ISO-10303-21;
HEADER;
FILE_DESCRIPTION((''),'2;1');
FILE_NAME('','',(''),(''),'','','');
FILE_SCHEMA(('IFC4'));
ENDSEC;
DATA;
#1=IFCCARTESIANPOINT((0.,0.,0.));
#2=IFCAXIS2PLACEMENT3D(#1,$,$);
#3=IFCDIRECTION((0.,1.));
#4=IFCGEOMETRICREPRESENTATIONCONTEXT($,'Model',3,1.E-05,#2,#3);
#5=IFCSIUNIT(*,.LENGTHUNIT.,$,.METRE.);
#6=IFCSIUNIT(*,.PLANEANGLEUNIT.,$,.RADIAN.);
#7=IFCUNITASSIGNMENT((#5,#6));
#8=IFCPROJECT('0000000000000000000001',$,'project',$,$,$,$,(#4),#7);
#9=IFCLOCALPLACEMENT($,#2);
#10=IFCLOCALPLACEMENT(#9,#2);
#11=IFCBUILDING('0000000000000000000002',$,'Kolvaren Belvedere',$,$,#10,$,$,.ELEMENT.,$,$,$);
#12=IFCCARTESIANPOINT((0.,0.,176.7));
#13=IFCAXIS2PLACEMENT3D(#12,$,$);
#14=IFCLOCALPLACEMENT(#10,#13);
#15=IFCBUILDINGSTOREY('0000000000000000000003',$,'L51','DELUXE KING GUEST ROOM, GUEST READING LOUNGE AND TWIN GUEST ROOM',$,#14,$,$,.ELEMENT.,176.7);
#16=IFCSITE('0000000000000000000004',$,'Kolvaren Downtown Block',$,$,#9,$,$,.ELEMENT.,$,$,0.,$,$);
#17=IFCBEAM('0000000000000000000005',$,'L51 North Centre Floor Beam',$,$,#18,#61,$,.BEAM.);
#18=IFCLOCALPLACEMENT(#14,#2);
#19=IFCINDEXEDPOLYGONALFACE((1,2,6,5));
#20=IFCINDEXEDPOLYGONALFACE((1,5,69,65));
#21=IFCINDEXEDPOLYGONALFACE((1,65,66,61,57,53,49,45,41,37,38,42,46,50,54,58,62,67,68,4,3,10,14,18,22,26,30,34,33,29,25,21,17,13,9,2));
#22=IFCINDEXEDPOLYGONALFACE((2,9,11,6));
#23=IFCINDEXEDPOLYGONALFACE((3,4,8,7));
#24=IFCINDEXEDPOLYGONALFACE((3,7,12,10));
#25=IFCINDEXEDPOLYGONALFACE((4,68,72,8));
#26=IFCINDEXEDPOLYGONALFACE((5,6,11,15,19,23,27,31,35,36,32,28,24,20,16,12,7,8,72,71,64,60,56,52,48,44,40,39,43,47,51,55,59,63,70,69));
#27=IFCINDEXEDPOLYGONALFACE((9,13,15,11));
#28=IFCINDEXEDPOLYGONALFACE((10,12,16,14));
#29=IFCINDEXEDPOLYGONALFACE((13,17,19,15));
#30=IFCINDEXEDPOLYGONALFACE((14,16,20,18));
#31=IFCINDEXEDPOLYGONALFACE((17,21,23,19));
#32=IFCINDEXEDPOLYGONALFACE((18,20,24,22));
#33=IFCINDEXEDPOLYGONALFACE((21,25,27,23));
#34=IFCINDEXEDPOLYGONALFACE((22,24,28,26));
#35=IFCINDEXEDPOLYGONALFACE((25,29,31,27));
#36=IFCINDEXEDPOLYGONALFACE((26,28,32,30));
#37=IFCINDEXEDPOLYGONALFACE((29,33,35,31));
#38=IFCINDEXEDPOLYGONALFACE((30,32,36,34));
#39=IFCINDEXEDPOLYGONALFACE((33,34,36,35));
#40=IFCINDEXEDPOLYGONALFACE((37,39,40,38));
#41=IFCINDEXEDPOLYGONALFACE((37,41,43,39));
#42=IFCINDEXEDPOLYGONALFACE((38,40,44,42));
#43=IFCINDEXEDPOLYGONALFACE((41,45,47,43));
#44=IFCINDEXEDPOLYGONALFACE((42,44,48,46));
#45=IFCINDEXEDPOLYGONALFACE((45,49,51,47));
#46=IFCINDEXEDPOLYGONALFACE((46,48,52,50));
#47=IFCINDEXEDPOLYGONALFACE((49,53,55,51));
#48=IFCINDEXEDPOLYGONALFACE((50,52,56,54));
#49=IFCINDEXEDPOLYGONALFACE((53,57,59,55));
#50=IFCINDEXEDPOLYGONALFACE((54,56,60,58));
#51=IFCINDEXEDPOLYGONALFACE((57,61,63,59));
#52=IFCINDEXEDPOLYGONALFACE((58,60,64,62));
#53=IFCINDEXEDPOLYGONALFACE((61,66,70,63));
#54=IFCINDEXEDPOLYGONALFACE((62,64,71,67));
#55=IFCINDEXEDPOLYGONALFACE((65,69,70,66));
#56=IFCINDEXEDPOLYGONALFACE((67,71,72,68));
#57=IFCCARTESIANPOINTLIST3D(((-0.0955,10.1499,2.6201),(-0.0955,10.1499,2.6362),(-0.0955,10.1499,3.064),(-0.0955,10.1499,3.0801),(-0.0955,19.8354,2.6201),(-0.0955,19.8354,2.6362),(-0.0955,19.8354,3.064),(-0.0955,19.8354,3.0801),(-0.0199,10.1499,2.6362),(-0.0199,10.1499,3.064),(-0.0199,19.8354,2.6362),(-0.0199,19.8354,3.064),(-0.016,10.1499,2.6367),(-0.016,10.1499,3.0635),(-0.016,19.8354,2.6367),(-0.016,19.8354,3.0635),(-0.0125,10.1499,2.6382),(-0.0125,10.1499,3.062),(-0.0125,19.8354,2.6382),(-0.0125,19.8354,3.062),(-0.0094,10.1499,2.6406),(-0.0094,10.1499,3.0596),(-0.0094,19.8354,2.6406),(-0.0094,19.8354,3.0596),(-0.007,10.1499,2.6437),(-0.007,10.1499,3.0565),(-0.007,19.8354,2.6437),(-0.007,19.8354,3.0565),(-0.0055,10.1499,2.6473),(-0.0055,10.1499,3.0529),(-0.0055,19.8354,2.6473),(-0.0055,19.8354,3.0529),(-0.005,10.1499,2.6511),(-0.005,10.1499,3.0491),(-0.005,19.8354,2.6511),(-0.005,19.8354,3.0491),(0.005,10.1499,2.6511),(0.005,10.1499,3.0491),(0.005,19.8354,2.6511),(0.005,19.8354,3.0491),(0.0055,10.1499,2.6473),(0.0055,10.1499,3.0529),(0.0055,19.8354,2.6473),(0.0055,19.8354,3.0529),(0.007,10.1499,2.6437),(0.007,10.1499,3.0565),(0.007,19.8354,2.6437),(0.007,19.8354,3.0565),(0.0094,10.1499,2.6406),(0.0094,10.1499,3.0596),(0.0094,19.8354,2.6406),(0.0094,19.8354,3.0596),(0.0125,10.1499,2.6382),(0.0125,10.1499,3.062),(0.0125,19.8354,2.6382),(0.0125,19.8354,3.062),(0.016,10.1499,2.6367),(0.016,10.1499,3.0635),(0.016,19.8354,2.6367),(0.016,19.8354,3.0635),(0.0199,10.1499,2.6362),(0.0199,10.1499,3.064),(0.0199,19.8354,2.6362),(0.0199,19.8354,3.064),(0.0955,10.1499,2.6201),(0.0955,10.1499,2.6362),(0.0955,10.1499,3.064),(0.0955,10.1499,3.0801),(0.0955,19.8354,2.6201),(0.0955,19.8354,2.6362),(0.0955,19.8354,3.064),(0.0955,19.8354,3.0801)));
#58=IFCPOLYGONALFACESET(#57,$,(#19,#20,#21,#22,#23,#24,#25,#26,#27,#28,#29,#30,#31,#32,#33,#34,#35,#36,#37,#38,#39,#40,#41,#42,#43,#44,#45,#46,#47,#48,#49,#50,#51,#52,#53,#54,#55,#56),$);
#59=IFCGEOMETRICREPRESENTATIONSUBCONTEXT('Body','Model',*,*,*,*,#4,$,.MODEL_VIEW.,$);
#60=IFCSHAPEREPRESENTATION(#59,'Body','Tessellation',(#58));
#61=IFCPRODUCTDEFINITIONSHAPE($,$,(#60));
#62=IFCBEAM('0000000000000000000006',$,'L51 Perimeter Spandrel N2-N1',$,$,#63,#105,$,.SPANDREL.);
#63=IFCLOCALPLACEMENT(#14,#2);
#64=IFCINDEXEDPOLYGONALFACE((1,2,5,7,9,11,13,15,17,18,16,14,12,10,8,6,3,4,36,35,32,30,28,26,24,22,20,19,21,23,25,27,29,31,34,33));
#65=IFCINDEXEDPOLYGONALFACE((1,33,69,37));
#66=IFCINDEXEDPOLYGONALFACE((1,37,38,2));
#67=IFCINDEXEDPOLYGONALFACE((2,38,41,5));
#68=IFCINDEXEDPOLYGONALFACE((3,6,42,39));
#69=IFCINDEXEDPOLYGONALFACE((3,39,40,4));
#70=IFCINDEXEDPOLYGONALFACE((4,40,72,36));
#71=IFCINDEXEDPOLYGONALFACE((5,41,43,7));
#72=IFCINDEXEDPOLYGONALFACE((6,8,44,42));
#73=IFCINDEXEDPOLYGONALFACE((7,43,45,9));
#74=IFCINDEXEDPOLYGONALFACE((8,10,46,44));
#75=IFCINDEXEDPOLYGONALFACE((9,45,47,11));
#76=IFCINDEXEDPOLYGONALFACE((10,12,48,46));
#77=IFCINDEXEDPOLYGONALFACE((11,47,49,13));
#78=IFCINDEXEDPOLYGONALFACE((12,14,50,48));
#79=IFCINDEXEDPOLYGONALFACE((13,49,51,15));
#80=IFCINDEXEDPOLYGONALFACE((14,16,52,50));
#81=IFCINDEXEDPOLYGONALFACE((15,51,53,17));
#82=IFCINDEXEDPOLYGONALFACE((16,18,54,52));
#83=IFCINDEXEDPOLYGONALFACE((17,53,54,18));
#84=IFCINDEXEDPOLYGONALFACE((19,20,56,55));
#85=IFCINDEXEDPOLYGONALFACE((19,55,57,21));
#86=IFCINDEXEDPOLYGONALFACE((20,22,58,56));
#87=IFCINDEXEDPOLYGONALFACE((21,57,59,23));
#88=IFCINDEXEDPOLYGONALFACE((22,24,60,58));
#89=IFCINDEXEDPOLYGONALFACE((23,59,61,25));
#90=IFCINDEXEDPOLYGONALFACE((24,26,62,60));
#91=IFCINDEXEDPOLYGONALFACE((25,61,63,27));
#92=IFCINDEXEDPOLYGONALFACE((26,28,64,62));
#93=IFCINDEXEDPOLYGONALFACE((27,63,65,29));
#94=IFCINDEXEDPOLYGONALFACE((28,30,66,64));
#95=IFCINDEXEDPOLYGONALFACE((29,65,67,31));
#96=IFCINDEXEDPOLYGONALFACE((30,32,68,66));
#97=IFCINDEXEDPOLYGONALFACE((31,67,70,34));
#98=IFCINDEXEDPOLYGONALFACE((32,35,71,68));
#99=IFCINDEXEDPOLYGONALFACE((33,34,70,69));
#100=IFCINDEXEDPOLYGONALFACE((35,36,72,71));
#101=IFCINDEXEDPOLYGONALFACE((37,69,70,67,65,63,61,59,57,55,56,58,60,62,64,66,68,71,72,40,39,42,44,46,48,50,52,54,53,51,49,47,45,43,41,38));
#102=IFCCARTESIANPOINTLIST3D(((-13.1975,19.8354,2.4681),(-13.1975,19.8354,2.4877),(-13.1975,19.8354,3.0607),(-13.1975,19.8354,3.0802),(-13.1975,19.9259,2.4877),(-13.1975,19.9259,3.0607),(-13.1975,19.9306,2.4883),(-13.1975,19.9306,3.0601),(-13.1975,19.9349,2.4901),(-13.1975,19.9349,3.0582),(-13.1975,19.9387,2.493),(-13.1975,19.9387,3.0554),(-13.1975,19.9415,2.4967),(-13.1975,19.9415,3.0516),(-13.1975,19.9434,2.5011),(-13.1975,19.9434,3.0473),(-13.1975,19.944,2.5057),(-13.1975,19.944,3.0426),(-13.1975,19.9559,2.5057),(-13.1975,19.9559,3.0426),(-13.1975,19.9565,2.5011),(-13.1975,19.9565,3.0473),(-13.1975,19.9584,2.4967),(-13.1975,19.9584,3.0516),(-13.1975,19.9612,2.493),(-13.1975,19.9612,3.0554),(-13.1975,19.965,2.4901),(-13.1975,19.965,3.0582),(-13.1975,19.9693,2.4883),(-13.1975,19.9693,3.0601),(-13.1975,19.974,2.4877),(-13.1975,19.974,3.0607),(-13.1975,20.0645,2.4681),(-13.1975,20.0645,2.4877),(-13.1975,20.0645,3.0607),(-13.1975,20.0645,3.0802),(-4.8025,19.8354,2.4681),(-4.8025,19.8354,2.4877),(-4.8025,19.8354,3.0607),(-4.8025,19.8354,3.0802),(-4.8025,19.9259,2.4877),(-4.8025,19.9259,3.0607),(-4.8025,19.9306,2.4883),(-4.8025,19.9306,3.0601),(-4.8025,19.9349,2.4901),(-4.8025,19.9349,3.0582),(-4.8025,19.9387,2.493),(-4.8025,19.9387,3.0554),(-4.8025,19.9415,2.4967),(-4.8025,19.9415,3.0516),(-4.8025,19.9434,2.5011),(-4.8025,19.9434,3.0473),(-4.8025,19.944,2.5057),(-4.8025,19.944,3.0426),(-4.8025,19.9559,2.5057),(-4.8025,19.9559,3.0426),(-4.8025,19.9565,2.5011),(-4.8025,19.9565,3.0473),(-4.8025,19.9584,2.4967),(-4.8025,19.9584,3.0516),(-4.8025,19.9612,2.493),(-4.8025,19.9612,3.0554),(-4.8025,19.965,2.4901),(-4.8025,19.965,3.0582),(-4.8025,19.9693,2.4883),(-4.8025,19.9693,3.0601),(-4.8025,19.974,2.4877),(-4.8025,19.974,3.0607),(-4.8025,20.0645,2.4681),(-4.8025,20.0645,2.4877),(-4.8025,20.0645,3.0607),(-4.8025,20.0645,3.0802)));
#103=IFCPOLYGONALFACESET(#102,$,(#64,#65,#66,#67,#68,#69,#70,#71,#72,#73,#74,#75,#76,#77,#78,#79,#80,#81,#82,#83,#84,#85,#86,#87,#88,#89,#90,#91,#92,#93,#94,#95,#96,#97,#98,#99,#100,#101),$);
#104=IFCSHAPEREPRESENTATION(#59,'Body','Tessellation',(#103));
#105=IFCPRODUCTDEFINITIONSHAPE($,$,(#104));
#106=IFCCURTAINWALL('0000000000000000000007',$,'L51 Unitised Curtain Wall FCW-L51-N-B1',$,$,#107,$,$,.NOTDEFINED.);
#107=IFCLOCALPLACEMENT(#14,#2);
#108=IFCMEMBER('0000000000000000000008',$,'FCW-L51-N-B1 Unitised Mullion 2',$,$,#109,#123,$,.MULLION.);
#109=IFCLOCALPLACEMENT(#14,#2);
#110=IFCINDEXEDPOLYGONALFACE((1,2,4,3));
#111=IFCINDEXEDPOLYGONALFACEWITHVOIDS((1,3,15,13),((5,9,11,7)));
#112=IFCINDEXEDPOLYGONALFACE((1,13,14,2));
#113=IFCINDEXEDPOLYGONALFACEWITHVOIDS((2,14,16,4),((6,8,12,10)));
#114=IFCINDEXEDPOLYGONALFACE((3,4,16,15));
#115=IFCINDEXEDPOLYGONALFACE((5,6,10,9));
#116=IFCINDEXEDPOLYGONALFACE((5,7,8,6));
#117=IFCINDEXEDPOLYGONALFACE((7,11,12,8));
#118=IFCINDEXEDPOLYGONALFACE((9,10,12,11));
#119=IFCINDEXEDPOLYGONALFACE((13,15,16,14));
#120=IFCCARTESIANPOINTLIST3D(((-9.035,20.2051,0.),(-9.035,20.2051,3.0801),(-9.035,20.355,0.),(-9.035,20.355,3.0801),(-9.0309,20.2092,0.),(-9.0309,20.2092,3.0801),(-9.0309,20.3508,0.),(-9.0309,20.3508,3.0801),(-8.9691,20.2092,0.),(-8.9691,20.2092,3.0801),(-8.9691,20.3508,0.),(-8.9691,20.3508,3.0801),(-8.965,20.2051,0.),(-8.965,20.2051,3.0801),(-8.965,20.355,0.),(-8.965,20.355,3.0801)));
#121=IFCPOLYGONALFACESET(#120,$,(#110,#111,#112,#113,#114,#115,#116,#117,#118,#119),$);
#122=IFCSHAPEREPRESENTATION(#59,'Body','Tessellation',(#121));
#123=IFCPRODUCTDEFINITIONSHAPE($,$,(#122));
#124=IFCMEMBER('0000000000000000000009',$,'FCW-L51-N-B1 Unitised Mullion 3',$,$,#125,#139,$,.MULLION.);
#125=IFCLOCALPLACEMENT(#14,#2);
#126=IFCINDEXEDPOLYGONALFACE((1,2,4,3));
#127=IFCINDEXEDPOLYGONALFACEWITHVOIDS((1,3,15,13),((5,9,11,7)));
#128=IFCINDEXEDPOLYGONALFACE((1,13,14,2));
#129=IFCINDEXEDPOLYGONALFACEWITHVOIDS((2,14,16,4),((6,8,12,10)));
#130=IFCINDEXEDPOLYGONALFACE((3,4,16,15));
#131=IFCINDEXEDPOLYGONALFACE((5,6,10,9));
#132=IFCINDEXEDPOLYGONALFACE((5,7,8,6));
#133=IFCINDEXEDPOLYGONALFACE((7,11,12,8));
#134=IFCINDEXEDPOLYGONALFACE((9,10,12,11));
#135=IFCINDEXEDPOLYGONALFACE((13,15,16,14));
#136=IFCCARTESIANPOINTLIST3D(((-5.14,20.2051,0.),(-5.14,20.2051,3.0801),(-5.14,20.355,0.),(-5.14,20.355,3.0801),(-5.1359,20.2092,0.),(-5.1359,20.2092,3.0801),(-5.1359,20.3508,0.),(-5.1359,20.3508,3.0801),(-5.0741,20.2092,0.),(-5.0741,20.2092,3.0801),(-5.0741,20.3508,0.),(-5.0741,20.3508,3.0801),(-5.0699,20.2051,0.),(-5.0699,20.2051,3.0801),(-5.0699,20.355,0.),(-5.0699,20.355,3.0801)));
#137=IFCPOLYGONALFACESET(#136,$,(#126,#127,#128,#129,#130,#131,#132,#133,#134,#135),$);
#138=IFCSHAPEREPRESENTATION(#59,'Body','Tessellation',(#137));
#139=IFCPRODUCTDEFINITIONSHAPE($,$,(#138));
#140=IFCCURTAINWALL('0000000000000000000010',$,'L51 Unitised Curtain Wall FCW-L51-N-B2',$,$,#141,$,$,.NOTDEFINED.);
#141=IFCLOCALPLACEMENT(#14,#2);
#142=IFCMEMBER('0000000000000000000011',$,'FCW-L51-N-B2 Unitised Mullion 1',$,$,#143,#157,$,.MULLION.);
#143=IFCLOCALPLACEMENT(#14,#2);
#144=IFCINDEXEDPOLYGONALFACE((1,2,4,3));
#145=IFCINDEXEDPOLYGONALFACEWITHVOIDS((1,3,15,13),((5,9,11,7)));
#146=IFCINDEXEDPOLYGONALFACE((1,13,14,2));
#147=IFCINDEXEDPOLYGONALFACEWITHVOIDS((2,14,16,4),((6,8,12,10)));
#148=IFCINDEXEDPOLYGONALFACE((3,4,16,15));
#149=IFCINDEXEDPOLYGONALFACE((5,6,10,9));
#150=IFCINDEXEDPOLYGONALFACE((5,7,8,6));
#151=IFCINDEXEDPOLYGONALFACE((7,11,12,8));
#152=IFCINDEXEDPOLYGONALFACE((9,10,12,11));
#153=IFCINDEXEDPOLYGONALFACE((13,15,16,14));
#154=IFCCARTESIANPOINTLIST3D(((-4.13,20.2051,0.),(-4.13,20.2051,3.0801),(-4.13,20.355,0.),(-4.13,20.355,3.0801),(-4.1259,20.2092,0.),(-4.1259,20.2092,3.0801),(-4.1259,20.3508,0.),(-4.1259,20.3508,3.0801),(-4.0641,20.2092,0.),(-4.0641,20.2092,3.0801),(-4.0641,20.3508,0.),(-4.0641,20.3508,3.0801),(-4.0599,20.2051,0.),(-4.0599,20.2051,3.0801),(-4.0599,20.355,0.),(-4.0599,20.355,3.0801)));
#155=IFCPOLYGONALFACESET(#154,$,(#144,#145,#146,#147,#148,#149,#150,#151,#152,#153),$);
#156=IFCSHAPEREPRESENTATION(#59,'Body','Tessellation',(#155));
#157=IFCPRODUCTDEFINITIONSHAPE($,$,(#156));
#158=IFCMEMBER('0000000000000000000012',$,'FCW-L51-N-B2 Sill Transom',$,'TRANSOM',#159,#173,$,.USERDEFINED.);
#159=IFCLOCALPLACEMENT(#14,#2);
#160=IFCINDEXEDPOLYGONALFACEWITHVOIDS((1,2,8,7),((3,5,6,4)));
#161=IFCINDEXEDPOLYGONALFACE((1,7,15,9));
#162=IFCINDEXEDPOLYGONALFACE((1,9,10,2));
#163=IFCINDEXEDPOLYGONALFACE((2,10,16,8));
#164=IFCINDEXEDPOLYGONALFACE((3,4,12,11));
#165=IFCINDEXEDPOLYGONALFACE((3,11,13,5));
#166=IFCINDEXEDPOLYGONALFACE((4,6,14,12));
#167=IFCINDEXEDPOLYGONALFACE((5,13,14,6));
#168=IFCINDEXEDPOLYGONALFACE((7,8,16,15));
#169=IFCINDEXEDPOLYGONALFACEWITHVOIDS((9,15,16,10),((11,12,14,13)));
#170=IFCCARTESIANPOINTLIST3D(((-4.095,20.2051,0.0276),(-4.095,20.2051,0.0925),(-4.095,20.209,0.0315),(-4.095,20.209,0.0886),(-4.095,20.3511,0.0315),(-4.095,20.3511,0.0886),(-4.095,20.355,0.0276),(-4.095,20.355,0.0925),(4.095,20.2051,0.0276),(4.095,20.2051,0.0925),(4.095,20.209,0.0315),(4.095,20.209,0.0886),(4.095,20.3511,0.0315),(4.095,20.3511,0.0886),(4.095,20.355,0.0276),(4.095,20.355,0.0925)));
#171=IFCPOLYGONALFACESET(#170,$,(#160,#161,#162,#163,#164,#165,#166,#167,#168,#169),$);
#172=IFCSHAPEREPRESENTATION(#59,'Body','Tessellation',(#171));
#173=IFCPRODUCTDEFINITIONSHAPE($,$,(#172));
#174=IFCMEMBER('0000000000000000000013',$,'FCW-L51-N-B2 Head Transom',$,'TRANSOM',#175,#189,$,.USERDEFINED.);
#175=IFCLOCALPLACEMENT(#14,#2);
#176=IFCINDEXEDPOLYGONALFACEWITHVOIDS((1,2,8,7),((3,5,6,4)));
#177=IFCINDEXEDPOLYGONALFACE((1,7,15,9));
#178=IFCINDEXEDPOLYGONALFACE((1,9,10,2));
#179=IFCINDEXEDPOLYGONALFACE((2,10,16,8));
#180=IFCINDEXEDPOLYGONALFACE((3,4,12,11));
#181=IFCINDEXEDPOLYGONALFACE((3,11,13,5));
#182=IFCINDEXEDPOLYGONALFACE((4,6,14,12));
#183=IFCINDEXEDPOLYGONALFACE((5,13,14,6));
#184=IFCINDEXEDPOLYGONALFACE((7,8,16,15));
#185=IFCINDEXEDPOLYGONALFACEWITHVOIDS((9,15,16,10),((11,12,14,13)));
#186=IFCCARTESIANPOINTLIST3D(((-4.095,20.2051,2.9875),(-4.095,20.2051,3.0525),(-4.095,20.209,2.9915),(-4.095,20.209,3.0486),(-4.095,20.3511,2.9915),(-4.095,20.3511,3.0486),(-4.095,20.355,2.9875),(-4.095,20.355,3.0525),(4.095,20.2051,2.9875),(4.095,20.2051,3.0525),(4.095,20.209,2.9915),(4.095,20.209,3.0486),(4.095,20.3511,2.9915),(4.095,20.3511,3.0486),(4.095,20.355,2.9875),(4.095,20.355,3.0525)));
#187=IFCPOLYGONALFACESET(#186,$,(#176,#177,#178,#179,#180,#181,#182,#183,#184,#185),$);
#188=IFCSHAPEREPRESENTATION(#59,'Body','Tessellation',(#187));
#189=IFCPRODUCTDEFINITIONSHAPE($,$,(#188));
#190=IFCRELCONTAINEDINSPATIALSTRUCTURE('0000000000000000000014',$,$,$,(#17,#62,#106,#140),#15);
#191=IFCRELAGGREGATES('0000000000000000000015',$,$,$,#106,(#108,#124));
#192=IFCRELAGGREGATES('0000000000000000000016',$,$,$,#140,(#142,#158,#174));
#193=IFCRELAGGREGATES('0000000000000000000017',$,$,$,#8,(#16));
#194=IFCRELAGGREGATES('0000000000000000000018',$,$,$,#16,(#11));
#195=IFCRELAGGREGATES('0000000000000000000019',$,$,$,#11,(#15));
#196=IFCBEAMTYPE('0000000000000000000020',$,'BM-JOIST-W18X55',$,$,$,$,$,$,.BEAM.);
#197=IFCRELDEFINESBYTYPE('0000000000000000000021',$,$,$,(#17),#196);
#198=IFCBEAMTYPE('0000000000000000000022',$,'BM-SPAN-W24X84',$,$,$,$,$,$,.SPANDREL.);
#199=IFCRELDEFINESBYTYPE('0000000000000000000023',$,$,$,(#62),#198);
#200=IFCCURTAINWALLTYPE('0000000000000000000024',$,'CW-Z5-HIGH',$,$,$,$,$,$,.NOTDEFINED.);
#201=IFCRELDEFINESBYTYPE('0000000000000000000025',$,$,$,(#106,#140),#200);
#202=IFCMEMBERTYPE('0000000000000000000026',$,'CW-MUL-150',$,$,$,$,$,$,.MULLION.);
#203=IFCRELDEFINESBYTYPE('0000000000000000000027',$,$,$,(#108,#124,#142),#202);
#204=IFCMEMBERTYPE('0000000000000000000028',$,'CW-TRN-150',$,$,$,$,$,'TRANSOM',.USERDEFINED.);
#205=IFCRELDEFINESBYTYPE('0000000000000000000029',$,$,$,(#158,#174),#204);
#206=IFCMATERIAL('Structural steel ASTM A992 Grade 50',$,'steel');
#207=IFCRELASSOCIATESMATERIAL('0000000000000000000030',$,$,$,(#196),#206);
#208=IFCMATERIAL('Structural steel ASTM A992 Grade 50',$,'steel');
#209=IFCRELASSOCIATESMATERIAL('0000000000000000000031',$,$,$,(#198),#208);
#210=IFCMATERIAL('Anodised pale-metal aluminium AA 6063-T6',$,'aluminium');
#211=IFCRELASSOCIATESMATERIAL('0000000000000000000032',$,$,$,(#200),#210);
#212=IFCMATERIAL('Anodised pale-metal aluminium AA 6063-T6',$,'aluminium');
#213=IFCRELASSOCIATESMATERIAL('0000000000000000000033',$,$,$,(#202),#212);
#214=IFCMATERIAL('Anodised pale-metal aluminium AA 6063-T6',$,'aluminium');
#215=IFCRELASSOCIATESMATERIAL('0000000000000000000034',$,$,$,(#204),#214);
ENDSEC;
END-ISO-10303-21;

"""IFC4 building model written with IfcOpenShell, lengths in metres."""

from ifc_helpers import new_model, si_unit, direction, frame, origin, origin_2d, place, context, subcontext, project, spatial, hollow_rectangle, i_section, extrude, material, material_profile, profile_set, type_object, element, aggregate, save


model = new_model("IFC4")

# Units and contexts
model_context = context("Model", 3, precision=1e-05, world=origin(), true_north=direction((0.0, 1.0)))
body_context = subcontext(model_context, "Body", "Model", "MODEL_VIEW")
ifc_project = project(units=[si_unit("LENGTHUNIT", "METRE"), si_unit("PLANEANGLEUNIT", "RADIAN")], contexts=[model_context])

# Site, building, storey
site_placement = place(None, origin())
site = spatial("IfcSite", under=ifc_project, at=site_placement, Name="Kolvaren Downtown Block", CompositionType="ELEMENT", RefElevation=0.0)
building_placement = place(site_placement, origin())
building = spatial("IfcBuilding", under=site, at=building_placement, Name="Kolvaren Belvedere", CompositionType="ELEMENT")
storey_placement = place(building_placement, frame((0.0, 0.0, 176.7)))
storey = spatial("IfcBuildingStorey", under=building, at=storey_placement, Name="L51", Description="DELUXE KING GUEST ROOM, GUEST READING LOUNGE AND TWIN GUEST ROOM", CompositionType="ELEMENT", Elevation=176.7)

# Beams
ifc_material_1 = material(Name="Structural steel ASTM A992 Grade 50", Category="steel")
ifc_material_profile_1 = material_profile(ifc_material_1, i_section(OverallWidth=0.1909, OverallDepth=0.46, WebThickness=0.01, FlangeThickness=0.0161, FilletRadius=0.0149, at=origin_2d()), Name="W18X55")
ifc_profile_set_1 = profile_set([ifc_material_profile_1], Name="Structural steel ASTM A992 Grade 50")
beam_type_1 = type_object("IfcBeamType", Name="BM-JOIST-W18X55", PredefinedType="BEAM", material=ifc_profile_set_1)
beam_1_placement = place(storey_placement, frame((0.0, 10.1499, 2.8501), z_axis=(0.0, 1.0, 0.0), x_axis=(-1.0, 0.0, 0.0)))
element("IfcBeam", 1, at=beam_1_placement, inside=storey, type_object=beam_type_1, Name="L51 North Centre Floor Beam", PredefinedType="BEAM", context=body_context, shape_type="SweptSolid", body=[
    extrude(i_section(OverallWidth=0.1909, OverallDepth=0.46, WebThickness=0.01, FlangeThickness=0.0161, FilletRadius=0.0149, at=origin_2d()), origin(), (0.0, 0.0, 1.0), 9.6855),
])
ifc_material_2 = material(Name="Structural steel ASTM A992 Grade 50", Category="steel")
ifc_material_profile_2 = material_profile(ifc_material_2, i_section(OverallWidth=0.229, OverallDepth=0.6121, WebThickness=0.012, FlangeThickness=0.0195, FilletRadius=0.0181, at=origin_2d()), Name="W24X84")
ifc_profile_set_2 = profile_set([ifc_material_profile_2], Name="Structural steel ASTM A992 Grade 50")
beam_type_2 = type_object("IfcBeamType", Name="BM-SPAN-W24X84", PredefinedType="SPANDREL", material=ifc_profile_set_2)
beam_2_placement = place(storey_placement, frame((-4.8025, 19.95, 2.7742), z_axis=(-1.0, 0.0, 0.0), x_axis=(0.0, -1.0, 0.0)))
element("IfcBeam", 2, at=beam_2_placement, inside=storey, type_object=beam_type_2, Name="L51 Perimeter Spandrel N2-N1", PredefinedType="SPANDREL", context=body_context, shape_type="SweptSolid", body=[
    extrude(i_section(OverallWidth=0.229, OverallDepth=0.6121, WebThickness=0.012, FlangeThickness=0.0195, FilletRadius=0.0181, at=origin_2d()), origin(), (0.0, 0.0, 1.0), 8.395),
])

# Curtain walls, members
ifc_material_3 = material(Name="Anodised pale-metal aluminium AA 6063-T6", Category="aluminium")
curtain_wall_type = type_object("IfcCurtainWallType", Name="CW-Z5-HIGH", PredefinedType="NOTDEFINED", material=ifc_material_3)
curtain_wall_1_placement = place(storey_placement, origin())
curtain_wall_1 = element("IfcCurtainWall", 3, at=curtain_wall_1_placement, inside=storey, type_object=curtain_wall_type, Name="L51 Unitised Curtain Wall FCW-L51-N-B1", PredefinedType="NOTDEFINED")
ifc_material_4 = material(Name="Anodised pale-metal aluminium AA 6063-T6", Category="aluminium")
ifc_material_profile_3 = material_profile(ifc_material_4, hollow_rectangle(XDim=0.0701, YDim=0.1499, WallThickness=0.0042, at=origin_2d()), Name="ALU-MUL-150X70")
ifc_profile_set_3 = profile_set([ifc_material_profile_3], Name="Anodised pale-metal aluminium AA 6063-T6")
member_type_1 = type_object("IfcMemberType", Name="CW-MUL-150", PredefinedType="MULLION", material=ifc_profile_set_3)
member_1_placement = place(storey_placement, frame((-9.0, 20.28, 0.0), z_axis=(0.0, 0.0, 1.0), x_axis=(1.0, 0.0, 0.0)))
member_1 = element("IfcMember", 4, at=member_1_placement, type_object=member_type_1, Name="FCW-L51-N-B1 Unitised Mullion 2", PredefinedType="MULLION", context=body_context, shape_type="SweptSolid", body=[
    extrude(hollow_rectangle(XDim=0.0701, YDim=0.1499, WallThickness=0.0042, at=origin_2d()), origin(), (0.0, 0.0, 1.0), 3.0801),
])
member_2_placement = place(storey_placement, frame((-5.105, 20.28, 0.0), z_axis=(0.0, 0.0, 1.0), x_axis=(1.0, 0.0, 0.0)))
member_2 = element("IfcMember", 5, at=member_2_placement, type_object=member_type_1, Name="FCW-L51-N-B1 Unitised Mullion 3", PredefinedType="MULLION", context=body_context, shape_type="SweptSolid", body=[
    extrude(hollow_rectangle(XDim=0.0701, YDim=0.1499, WallThickness=0.0042, at=origin_2d()), origin(), (0.0, 0.0, 1.0), 3.0801),
])
curtain_wall_2_placement = place(storey_placement, origin())
curtain_wall_2 = element("IfcCurtainWall", 6, at=curtain_wall_2_placement, inside=storey, type_object=curtain_wall_type, Name="L51 Unitised Curtain Wall FCW-L51-N-B2", PredefinedType="NOTDEFINED")
member_3_placement = place(storey_placement, frame((-4.095, 20.28, 0.0), z_axis=(0.0, 0.0, 1.0), x_axis=(1.0, 0.0, 0.0)))
member_3 = element("IfcMember", 7, at=member_3_placement, type_object=member_type_1, Name="FCW-L51-N-B2 Unitised Mullion 1", PredefinedType="MULLION", context=body_context, shape_type="SweptSolid", body=[
    extrude(hollow_rectangle(XDim=0.0701, YDim=0.1499, WallThickness=0.0042, at=origin_2d()), origin(), (0.0, 0.0, 1.0), 3.0801),
])
ifc_material_5 = material(Name="Anodised pale-metal aluminium AA 6063-T6", Category="aluminium")
ifc_material_profile_4 = material_profile(ifc_material_5, hollow_rectangle(XDim=0.0649, YDim=0.1499, WallThickness=0.0039, at=origin_2d()), Name="ALU-TRN-150X65")
ifc_profile_set_4 = profile_set([ifc_material_profile_4], Name="Anodised pale-metal aluminium AA 6063-T6")
member_type_2 = type_object("IfcMemberType", Name="CW-TRN-150", ElementType="TRANSOM", PredefinedType="USERDEFINED", material=ifc_profile_set_4)
member_4_placement = place(storey_placement, frame((-4.095, 20.28, 0.0601), z_axis=(1.0, 0.0, 0.0), x_axis=(0.0, 0.0, 1.0)))
member_4 = element("IfcMember", 8, at=member_4_placement, type_object=member_type_2, Name="FCW-L51-N-B2 Sill Transom", ObjectType="TRANSOM", PredefinedType="USERDEFINED", context=body_context, shape_type="SweptSolid", body=[
    extrude(hollow_rectangle(XDim=0.0649, YDim=0.1499, WallThickness=0.0039, at=origin_2d()), origin(), (0.0, 0.0, 1.0), 8.1899),
])
member_5_placement = place(storey_placement, frame((-4.095, 20.28, 3.02), z_axis=(1.0, 0.0, 0.0), x_axis=(0.0, 0.0, 1.0)))
member_5 = element("IfcMember", 9, at=member_5_placement, type_object=member_type_2, Name="FCW-L51-N-B2 Head Transom", ObjectType="TRANSOM", PredefinedType="USERDEFINED", context=body_context, shape_type="SweptSolid", body=[
    extrude(hollow_rectangle(XDim=0.0649, YDim=0.1499, WallThickness=0.0039, at=origin_2d()), origin(), (0.0, 0.0, 1.0), 8.1899),
])

aggregate(curtain_wall_1, [member_1, member_2])
aggregate(curtain_wall_2, [member_3, member_4, member_5])

save(model, "model.ifc")
